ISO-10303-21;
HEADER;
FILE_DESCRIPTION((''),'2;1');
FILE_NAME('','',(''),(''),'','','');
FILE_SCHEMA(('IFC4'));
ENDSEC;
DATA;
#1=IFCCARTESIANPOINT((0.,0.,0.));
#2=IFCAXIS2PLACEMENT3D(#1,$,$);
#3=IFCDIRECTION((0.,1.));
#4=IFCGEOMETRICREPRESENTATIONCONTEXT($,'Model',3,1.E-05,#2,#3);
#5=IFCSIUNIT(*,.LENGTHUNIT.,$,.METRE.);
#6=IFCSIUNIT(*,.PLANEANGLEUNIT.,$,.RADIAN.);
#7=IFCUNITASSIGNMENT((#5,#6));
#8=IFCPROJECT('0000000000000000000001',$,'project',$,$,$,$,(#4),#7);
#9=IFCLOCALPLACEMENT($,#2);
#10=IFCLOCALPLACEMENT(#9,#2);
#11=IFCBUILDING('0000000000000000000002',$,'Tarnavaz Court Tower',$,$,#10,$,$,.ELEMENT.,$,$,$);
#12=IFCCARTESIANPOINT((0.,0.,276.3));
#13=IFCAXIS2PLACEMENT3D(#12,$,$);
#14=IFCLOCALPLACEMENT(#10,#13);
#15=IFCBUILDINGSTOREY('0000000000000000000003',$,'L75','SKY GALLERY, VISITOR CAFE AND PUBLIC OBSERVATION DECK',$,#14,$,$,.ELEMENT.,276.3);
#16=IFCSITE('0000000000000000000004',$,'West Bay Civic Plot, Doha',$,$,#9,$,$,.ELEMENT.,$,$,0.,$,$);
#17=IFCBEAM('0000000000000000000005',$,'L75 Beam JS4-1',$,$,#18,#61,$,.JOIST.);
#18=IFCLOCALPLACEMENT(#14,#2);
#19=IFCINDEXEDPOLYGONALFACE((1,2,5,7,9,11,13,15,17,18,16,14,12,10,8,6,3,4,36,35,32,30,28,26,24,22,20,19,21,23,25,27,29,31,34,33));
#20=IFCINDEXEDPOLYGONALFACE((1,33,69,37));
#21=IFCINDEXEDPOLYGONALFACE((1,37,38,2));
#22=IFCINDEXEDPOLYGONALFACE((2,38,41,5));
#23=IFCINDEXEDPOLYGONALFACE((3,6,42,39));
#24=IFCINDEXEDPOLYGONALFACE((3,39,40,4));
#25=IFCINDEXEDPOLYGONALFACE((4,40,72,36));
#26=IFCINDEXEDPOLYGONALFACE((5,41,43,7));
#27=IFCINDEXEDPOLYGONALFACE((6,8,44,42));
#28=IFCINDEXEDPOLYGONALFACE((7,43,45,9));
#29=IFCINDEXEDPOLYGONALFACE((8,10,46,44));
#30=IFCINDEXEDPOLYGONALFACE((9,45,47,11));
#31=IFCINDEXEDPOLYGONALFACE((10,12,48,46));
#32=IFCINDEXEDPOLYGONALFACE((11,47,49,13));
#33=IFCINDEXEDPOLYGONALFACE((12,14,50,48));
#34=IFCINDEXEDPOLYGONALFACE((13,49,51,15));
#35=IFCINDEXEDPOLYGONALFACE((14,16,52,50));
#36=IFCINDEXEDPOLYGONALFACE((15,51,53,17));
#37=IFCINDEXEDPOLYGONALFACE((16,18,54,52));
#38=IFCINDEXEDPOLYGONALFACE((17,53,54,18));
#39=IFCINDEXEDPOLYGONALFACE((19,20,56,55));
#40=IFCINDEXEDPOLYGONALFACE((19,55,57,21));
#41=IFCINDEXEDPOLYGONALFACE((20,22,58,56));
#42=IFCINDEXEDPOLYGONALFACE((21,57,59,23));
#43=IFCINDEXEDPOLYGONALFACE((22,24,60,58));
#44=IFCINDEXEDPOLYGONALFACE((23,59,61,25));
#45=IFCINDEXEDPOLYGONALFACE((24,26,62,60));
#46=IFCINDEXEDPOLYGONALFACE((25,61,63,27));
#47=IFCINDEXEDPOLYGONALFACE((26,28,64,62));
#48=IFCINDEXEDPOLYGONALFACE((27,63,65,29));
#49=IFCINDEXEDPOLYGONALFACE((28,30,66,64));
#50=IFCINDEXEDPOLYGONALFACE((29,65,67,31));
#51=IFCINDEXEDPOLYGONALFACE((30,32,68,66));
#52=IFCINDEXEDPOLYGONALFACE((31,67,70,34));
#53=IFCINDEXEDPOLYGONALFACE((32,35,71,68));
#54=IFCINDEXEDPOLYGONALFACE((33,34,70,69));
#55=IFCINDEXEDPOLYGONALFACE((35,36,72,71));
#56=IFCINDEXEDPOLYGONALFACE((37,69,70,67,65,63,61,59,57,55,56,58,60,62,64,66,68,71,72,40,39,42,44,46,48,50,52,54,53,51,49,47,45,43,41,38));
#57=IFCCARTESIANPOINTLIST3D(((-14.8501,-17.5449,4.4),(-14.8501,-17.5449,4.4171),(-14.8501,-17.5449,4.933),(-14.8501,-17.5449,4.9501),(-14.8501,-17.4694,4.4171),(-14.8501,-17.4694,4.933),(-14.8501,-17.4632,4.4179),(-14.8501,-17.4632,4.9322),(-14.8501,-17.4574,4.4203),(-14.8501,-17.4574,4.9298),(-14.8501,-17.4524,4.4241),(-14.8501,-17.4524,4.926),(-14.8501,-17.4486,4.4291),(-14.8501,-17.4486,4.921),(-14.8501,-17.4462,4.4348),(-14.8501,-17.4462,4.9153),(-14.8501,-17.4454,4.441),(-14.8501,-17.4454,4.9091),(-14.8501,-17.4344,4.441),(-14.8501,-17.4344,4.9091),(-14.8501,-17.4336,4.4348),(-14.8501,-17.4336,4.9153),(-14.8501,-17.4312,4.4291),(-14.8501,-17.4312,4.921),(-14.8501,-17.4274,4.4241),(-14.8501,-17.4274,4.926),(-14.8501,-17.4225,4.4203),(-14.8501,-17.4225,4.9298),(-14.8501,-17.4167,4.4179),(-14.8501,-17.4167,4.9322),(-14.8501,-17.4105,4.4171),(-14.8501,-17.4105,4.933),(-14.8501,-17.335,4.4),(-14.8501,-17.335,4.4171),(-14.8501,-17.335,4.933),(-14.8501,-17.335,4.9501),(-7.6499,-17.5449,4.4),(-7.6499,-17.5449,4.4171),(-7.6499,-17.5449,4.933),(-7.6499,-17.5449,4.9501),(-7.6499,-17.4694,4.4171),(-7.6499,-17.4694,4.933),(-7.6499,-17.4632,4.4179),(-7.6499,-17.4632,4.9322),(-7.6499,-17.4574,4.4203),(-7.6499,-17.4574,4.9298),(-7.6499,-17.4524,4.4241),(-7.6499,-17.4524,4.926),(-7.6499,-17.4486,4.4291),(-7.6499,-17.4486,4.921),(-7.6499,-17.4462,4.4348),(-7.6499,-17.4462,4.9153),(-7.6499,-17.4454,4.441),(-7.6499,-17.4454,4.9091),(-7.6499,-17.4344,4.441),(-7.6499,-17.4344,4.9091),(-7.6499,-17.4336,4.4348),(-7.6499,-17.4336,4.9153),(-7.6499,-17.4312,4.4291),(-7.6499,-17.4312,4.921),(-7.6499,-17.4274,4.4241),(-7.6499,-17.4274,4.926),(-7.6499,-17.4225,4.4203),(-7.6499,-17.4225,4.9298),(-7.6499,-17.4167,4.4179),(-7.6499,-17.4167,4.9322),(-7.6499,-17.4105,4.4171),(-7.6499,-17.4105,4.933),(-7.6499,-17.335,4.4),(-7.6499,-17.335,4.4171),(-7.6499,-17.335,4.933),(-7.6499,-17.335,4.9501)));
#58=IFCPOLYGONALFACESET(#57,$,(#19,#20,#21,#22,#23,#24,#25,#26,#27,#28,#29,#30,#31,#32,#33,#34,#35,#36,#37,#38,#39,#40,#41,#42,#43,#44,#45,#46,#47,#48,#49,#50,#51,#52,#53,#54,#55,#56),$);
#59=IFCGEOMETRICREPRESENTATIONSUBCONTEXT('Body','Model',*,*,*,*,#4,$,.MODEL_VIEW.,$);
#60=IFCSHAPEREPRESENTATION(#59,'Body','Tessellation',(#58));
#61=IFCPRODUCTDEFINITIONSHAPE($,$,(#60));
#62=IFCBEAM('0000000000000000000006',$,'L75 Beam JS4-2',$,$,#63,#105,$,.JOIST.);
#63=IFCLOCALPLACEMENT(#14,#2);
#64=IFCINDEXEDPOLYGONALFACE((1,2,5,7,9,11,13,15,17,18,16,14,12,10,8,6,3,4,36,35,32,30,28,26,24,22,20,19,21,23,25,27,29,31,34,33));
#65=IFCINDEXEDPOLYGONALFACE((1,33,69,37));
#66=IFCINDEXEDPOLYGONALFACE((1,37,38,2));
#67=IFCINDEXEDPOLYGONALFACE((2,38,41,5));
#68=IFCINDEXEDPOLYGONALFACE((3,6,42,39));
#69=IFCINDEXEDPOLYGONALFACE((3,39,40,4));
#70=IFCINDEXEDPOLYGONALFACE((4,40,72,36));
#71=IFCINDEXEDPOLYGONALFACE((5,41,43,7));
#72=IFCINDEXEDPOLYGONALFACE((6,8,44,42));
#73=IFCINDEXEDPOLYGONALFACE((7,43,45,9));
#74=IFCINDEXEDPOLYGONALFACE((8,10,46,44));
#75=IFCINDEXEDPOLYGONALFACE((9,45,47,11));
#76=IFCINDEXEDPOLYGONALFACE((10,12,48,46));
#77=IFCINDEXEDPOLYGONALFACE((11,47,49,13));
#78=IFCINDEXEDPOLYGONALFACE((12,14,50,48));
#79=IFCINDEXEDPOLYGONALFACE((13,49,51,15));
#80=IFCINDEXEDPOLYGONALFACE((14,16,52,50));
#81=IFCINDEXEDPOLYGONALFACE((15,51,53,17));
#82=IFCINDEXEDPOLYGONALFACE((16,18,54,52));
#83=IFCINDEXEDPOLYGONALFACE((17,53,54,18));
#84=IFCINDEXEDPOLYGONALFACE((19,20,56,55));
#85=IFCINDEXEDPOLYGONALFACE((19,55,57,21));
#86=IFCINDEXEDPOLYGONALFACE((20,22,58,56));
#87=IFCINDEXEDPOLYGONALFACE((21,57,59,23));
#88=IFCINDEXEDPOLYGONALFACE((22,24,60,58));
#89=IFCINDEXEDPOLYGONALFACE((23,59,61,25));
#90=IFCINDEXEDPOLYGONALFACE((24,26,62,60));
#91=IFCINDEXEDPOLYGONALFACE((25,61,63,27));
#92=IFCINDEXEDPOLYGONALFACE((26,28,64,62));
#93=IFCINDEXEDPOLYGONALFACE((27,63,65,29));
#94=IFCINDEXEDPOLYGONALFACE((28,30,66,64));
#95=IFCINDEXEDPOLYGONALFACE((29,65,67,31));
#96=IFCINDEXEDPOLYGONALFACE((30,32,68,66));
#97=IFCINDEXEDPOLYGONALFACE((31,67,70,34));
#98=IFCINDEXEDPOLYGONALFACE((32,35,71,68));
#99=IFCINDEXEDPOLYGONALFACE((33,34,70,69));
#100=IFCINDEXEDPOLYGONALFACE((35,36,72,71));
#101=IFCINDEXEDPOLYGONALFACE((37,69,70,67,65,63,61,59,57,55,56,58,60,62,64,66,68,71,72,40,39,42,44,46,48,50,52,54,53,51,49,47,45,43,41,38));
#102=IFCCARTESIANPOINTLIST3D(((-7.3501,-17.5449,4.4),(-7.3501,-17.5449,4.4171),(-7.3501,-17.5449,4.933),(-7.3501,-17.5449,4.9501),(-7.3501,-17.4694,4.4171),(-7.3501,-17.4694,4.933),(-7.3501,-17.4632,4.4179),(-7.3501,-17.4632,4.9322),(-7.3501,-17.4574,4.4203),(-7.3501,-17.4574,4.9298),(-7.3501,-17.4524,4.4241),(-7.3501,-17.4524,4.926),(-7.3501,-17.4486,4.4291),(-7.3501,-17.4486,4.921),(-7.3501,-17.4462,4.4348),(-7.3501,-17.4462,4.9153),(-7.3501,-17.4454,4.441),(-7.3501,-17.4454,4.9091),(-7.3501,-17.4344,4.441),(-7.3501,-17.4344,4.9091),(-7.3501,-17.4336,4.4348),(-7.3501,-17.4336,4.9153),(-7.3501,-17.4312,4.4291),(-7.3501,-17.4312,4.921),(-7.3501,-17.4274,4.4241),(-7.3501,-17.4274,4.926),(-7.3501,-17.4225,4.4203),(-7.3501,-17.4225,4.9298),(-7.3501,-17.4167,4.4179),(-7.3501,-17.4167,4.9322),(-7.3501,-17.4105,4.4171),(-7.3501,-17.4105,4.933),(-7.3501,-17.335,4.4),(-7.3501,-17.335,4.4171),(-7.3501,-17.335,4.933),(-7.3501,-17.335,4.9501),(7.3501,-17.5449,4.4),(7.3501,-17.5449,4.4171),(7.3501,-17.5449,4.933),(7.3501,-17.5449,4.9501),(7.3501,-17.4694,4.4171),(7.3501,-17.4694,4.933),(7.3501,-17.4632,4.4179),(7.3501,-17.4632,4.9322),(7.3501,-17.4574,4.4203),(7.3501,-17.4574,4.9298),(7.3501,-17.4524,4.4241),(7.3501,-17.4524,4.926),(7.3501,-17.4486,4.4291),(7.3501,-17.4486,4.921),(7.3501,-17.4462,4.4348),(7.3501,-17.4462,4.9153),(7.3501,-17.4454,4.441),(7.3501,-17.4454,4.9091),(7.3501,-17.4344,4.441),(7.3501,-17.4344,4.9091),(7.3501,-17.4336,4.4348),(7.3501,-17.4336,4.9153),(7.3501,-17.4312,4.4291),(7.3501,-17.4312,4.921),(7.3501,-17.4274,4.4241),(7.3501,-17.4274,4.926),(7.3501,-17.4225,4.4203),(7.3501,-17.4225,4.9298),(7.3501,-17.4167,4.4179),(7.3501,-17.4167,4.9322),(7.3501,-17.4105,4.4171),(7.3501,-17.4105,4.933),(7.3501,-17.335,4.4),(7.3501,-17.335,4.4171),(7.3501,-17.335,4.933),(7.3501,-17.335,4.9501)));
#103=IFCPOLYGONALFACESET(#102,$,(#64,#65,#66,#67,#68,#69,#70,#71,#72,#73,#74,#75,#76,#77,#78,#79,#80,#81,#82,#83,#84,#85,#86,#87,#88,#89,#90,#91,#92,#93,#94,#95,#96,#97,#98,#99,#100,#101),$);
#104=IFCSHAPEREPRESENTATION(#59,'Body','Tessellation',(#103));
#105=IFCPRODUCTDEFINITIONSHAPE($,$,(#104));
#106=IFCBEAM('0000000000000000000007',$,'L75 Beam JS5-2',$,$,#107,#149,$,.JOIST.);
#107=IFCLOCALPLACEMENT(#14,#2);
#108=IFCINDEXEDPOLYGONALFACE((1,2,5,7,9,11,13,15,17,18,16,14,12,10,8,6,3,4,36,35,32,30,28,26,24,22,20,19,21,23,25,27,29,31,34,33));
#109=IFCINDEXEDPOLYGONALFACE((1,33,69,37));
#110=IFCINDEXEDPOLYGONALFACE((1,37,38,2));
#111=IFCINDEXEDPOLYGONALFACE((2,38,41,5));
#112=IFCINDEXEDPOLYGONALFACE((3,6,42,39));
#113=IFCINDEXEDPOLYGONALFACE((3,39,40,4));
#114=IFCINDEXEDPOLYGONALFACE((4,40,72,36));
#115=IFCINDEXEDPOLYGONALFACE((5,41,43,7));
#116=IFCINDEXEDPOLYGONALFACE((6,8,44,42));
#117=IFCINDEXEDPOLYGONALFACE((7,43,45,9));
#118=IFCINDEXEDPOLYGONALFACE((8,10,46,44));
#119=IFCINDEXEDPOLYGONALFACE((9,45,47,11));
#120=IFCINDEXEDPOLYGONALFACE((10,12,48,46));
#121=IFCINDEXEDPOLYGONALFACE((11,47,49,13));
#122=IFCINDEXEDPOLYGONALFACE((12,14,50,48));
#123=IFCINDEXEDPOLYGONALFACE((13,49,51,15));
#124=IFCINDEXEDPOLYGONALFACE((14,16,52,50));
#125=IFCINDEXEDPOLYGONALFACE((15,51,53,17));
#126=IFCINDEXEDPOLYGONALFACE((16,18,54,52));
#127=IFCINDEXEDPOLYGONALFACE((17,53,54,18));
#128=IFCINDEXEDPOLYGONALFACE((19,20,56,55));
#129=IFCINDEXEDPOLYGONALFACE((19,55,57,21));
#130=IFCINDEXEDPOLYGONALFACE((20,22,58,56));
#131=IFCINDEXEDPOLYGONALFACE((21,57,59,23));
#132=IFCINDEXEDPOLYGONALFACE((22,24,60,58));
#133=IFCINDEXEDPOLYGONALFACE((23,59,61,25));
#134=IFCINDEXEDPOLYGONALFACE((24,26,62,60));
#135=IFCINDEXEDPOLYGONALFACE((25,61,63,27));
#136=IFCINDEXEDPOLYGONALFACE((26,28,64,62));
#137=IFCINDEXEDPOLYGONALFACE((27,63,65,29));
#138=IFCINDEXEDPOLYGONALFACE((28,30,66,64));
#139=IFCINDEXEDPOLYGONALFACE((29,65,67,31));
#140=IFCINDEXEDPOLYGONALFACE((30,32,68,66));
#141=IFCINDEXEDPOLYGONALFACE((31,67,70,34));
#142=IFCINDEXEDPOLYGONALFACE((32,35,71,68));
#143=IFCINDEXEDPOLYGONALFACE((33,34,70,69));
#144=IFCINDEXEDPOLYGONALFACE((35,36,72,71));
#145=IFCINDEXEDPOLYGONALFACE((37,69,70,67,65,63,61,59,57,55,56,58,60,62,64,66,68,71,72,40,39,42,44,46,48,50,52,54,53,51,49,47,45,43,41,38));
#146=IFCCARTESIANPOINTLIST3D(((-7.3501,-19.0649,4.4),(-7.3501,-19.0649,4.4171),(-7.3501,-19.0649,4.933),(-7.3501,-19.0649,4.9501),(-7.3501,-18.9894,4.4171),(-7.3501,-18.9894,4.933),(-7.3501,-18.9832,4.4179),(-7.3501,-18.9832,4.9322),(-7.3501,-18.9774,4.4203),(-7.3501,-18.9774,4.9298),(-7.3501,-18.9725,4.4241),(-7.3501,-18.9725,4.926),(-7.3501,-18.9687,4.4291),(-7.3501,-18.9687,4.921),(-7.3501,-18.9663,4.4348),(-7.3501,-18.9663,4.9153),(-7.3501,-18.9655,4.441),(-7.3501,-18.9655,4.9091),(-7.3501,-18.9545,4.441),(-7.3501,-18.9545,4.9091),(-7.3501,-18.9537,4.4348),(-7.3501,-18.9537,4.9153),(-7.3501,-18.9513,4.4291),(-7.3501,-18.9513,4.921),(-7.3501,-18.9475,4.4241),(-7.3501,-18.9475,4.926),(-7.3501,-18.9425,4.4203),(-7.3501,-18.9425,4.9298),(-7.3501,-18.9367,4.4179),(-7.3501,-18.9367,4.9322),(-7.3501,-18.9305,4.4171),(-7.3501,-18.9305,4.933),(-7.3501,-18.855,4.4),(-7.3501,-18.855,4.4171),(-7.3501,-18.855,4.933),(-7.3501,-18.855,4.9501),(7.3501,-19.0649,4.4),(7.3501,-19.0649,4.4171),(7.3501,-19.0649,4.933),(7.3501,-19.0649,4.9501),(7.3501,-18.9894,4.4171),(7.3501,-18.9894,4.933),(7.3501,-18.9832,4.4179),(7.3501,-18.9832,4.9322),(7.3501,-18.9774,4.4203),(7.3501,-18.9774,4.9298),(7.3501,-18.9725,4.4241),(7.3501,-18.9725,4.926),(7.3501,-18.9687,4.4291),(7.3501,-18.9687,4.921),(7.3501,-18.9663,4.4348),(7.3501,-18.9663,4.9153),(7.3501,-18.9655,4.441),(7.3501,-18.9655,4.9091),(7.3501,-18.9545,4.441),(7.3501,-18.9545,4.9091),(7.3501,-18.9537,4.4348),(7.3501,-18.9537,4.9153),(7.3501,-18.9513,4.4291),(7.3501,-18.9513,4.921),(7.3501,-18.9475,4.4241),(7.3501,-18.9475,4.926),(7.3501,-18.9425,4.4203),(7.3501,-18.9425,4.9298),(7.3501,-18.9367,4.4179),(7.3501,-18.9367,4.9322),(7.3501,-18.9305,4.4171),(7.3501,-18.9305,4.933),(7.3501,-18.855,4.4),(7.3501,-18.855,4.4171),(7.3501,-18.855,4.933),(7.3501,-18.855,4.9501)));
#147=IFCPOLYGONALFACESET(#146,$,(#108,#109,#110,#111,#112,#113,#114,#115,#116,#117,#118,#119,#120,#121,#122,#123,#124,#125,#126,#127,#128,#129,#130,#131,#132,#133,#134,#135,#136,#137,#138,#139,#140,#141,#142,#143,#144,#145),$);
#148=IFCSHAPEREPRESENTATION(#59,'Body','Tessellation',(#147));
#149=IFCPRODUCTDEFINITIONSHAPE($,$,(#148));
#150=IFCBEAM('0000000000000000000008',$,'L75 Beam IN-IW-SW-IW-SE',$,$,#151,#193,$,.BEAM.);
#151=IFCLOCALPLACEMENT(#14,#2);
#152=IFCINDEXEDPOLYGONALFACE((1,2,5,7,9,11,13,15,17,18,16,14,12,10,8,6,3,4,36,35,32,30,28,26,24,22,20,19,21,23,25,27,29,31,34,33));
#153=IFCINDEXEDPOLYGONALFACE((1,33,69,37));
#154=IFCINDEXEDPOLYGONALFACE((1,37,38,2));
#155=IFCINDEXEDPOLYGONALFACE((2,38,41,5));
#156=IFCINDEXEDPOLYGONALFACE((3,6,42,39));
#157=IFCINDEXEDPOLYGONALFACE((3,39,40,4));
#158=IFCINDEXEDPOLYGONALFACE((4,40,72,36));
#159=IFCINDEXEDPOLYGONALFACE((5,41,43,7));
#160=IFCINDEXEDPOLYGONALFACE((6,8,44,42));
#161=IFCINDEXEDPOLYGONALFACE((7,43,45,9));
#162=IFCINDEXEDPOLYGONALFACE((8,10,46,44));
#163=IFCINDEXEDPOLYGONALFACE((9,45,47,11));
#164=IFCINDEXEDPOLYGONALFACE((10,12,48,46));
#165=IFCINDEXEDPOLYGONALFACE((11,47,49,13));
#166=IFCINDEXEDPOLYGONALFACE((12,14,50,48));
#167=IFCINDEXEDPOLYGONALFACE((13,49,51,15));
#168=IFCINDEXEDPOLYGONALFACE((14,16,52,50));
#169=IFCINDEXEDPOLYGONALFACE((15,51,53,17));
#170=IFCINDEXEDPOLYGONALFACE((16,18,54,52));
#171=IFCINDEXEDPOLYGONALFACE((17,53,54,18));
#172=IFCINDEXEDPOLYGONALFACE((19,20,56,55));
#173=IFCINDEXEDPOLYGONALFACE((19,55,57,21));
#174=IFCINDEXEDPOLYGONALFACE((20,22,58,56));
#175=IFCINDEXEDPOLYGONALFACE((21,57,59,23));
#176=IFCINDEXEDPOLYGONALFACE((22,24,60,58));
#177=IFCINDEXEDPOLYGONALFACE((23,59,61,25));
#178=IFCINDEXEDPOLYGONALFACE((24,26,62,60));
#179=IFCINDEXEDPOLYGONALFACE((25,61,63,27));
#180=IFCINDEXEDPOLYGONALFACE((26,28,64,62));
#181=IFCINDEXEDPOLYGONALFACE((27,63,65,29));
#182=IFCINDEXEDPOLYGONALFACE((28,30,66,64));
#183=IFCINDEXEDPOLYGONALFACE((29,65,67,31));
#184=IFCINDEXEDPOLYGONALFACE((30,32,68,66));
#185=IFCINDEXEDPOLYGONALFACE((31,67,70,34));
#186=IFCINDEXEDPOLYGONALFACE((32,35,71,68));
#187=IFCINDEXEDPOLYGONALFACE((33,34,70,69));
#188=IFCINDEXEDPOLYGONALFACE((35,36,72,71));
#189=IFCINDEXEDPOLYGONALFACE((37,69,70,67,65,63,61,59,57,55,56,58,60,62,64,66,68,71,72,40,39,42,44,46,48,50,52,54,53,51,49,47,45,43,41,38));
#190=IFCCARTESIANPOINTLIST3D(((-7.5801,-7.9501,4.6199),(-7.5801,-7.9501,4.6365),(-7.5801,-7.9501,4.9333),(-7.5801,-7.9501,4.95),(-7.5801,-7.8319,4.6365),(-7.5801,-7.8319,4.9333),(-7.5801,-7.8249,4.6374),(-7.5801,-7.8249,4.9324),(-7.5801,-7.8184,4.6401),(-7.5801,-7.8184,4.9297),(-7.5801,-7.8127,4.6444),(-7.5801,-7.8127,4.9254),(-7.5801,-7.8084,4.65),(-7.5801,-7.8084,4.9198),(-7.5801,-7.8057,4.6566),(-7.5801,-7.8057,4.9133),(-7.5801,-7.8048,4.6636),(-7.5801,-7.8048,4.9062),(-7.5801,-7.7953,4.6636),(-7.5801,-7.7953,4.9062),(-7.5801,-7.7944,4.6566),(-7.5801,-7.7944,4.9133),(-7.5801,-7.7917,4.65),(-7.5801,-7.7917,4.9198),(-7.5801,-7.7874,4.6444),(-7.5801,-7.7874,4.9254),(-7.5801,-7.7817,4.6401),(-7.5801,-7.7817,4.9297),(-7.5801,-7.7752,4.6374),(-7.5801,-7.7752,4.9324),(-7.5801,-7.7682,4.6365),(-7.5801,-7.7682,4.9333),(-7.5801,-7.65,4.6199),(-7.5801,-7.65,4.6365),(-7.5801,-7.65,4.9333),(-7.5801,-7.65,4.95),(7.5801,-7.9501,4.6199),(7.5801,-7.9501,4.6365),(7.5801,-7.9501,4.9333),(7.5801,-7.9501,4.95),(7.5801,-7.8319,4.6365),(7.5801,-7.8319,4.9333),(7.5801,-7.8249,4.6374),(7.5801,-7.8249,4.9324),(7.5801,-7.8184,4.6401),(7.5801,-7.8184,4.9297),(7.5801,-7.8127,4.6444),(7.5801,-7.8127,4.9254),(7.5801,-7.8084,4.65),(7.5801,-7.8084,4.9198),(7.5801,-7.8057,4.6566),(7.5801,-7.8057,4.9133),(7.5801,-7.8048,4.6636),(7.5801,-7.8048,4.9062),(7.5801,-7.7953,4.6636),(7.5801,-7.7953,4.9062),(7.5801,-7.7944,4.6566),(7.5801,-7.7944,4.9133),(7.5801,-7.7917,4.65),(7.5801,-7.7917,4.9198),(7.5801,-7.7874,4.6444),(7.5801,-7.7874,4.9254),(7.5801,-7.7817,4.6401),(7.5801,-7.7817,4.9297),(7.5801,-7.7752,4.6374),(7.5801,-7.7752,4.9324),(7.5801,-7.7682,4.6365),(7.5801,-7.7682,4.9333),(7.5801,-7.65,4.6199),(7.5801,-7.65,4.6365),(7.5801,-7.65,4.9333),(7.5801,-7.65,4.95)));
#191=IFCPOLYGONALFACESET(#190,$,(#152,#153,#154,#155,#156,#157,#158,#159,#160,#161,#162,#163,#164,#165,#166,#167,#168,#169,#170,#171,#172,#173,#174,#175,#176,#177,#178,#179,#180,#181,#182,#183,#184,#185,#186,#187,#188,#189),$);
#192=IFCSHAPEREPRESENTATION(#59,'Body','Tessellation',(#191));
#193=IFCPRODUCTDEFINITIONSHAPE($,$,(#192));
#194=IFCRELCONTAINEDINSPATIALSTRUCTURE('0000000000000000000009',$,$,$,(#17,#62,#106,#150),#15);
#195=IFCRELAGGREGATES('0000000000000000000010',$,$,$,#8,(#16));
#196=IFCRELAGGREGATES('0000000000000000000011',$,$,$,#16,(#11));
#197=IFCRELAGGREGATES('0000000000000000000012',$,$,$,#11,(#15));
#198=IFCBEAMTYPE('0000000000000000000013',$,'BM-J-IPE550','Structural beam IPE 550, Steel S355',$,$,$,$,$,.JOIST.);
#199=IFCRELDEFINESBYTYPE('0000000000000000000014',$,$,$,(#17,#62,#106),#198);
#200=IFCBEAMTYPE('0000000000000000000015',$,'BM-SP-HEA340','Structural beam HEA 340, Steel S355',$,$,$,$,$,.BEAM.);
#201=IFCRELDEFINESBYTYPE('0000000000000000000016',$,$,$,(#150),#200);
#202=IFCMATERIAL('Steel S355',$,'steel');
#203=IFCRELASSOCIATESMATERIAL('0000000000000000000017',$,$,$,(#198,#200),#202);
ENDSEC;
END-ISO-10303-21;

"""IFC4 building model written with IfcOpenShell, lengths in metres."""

from ifc_helpers import new_model, si_unit, direction, frame, origin, origin_2d, place, context, subcontext, project, spatial, i_section, extrude, material, material_profile, profile_set, type_object, element, save


model = new_model("IFC4")

# Units and contexts
model_context = context("Model", 3, precision=1e-05, world=origin(), true_north=direction((0.0, 1.0)))
body_context = subcontext(model_context, "Body", "Model", "MODEL_VIEW")
ifc_project = project(units=[si_unit("LENGTHUNIT", "METRE"), si_unit("PLANEANGLEUNIT", "RADIAN")], contexts=[model_context])

# Site, building, storey
site_placement = place(None, origin())
site = spatial("IfcSite", under=ifc_project, at=site_placement, Name="West Bay Civic Plot, Doha", CompositionType="ELEMENT", RefElevation=0.0)
building_placement = place(site_placement, origin())
building = spatial("IfcBuilding", under=site, at=building_placement, Name="Tarnavaz Court Tower", CompositionType="ELEMENT")
storey_placement = place(building_placement, frame((0.0, 0.0, 276.3)))
storey = spatial("IfcBuildingStorey", under=building, at=storey_placement, Name="L75", Description="SKY GALLERY, VISITOR CAFE AND PUBLIC OBSERVATION DECK", CompositionType="ELEMENT", Elevation=276.3)

# Beams
ifc_material_1 = material(Name="Steel S355", Category="steel")
ifc_material_profile_1 = material_profile(ifc_material_1, i_section(OverallWidth=0.21, OverallDepth=0.55, WebThickness=0.011, FlangeThickness=0.0171, FilletRadius=0.0239, at=origin_2d()), Name="IPE 550")
ifc_profile_set_1 = profile_set([ifc_material_profile_1], Name="Steel S355")
beam_type_1 = type_object("IfcBeamType", Name="BM-J-IPE550", Description="Structural beam IPE 550, Steel S355", PredefinedType="JOIST", material=ifc_profile_set_1)
beam_1_placement = place(storey_placement, frame((-14.8501, -17.4399, 4.675), z_axis=(1.0, 0.0, 0.0), x_axis=(0.0, 1.0, 0.0)))
element("IfcBeam", 1, at=beam_1_placement, inside=storey, type_object=beam_type_1, Name="L75 Beam JS4-1", PredefinedType="JOIST", context=body_context, shape_type="SweptSolid", body=[
    extrude(i_section(OverallWidth=0.21, OverallDepth=0.55, WebThickness=0.011, FlangeThickness=0.0171, FilletRadius=0.0239, at=origin_2d()), origin(), (0.0, 0.0, 1.0), 7.2002),
])
for number, where, z_axis, x_axis, name in (
    (2, (-7.3501, -17.4399, 4.675), (1.0, 0.0, 0.0), (0.0, 1.0, 0.0), "L75 Beam JS4-2"),
    (3, (-7.3501, -18.96, 4.675), (1.0, 0.0, 0.0), (0.0, 1.0, 0.0), "L75 Beam JS5-2"),
):
    element("IfcBeam", number, at=place(storey_placement, frame(where, z_axis=z_axis, x_axis=x_axis)), inside=storey, type_object=beam_type_1, Name=name, PredefinedType="JOIST", context=body_context, shape_type="SweptSolid", body=[
        extrude(i_section(OverallWidth=0.21, OverallDepth=0.55, WebThickness=0.011, FlangeThickness=0.0171, FilletRadius=0.0239, at=origin_2d()), origin(), (0.0, 0.0, 1.0), 14.7002),
    ])
ifc_material_profile_2 = material_profile(ifc_material_1, i_section(OverallWidth=0.3, OverallDepth=0.3301, WebThickness=0.0095, FlangeThickness=0.0166, FilletRadius=0.0271, at=origin_2d()), Name="HEA 340")
ifc_profile_set_2 = profile_set([ifc_material_profile_2], Name="Steel S355")
beam_type_2 = type_object("IfcBeamType", Name="BM-SP-HEA340", Description="Structural beam HEA 340, Steel S355", PredefinedType="BEAM", material=ifc_profile_set_2)
for number, where, z_axis, x_axis, name in (
    (4, (-7.5801, -7.8, 4.7849), (1.0, 0.0, 0.0), (0.0, 1.0, 0.0), "L75 Beam IN-IW-SW-IW-SE"),
):
    element("IfcBeam", number, at=place(storey_placement, frame(where, z_axis=z_axis, x_axis=x_axis)), inside=storey, type_object=beam_type_2, Name=name, PredefinedType="BEAM", context=body_context, shape_type="SweptSolid", body=[
        extrude(i_section(OverallWidth=0.3, OverallDepth=0.3301, WebThickness=0.0095, FlangeThickness=0.0166, FilletRadius=0.0271, at=origin_2d()), origin(), (0.0, 0.0, 1.0), 15.1602),
    ])

save(model, "model.ifc")
